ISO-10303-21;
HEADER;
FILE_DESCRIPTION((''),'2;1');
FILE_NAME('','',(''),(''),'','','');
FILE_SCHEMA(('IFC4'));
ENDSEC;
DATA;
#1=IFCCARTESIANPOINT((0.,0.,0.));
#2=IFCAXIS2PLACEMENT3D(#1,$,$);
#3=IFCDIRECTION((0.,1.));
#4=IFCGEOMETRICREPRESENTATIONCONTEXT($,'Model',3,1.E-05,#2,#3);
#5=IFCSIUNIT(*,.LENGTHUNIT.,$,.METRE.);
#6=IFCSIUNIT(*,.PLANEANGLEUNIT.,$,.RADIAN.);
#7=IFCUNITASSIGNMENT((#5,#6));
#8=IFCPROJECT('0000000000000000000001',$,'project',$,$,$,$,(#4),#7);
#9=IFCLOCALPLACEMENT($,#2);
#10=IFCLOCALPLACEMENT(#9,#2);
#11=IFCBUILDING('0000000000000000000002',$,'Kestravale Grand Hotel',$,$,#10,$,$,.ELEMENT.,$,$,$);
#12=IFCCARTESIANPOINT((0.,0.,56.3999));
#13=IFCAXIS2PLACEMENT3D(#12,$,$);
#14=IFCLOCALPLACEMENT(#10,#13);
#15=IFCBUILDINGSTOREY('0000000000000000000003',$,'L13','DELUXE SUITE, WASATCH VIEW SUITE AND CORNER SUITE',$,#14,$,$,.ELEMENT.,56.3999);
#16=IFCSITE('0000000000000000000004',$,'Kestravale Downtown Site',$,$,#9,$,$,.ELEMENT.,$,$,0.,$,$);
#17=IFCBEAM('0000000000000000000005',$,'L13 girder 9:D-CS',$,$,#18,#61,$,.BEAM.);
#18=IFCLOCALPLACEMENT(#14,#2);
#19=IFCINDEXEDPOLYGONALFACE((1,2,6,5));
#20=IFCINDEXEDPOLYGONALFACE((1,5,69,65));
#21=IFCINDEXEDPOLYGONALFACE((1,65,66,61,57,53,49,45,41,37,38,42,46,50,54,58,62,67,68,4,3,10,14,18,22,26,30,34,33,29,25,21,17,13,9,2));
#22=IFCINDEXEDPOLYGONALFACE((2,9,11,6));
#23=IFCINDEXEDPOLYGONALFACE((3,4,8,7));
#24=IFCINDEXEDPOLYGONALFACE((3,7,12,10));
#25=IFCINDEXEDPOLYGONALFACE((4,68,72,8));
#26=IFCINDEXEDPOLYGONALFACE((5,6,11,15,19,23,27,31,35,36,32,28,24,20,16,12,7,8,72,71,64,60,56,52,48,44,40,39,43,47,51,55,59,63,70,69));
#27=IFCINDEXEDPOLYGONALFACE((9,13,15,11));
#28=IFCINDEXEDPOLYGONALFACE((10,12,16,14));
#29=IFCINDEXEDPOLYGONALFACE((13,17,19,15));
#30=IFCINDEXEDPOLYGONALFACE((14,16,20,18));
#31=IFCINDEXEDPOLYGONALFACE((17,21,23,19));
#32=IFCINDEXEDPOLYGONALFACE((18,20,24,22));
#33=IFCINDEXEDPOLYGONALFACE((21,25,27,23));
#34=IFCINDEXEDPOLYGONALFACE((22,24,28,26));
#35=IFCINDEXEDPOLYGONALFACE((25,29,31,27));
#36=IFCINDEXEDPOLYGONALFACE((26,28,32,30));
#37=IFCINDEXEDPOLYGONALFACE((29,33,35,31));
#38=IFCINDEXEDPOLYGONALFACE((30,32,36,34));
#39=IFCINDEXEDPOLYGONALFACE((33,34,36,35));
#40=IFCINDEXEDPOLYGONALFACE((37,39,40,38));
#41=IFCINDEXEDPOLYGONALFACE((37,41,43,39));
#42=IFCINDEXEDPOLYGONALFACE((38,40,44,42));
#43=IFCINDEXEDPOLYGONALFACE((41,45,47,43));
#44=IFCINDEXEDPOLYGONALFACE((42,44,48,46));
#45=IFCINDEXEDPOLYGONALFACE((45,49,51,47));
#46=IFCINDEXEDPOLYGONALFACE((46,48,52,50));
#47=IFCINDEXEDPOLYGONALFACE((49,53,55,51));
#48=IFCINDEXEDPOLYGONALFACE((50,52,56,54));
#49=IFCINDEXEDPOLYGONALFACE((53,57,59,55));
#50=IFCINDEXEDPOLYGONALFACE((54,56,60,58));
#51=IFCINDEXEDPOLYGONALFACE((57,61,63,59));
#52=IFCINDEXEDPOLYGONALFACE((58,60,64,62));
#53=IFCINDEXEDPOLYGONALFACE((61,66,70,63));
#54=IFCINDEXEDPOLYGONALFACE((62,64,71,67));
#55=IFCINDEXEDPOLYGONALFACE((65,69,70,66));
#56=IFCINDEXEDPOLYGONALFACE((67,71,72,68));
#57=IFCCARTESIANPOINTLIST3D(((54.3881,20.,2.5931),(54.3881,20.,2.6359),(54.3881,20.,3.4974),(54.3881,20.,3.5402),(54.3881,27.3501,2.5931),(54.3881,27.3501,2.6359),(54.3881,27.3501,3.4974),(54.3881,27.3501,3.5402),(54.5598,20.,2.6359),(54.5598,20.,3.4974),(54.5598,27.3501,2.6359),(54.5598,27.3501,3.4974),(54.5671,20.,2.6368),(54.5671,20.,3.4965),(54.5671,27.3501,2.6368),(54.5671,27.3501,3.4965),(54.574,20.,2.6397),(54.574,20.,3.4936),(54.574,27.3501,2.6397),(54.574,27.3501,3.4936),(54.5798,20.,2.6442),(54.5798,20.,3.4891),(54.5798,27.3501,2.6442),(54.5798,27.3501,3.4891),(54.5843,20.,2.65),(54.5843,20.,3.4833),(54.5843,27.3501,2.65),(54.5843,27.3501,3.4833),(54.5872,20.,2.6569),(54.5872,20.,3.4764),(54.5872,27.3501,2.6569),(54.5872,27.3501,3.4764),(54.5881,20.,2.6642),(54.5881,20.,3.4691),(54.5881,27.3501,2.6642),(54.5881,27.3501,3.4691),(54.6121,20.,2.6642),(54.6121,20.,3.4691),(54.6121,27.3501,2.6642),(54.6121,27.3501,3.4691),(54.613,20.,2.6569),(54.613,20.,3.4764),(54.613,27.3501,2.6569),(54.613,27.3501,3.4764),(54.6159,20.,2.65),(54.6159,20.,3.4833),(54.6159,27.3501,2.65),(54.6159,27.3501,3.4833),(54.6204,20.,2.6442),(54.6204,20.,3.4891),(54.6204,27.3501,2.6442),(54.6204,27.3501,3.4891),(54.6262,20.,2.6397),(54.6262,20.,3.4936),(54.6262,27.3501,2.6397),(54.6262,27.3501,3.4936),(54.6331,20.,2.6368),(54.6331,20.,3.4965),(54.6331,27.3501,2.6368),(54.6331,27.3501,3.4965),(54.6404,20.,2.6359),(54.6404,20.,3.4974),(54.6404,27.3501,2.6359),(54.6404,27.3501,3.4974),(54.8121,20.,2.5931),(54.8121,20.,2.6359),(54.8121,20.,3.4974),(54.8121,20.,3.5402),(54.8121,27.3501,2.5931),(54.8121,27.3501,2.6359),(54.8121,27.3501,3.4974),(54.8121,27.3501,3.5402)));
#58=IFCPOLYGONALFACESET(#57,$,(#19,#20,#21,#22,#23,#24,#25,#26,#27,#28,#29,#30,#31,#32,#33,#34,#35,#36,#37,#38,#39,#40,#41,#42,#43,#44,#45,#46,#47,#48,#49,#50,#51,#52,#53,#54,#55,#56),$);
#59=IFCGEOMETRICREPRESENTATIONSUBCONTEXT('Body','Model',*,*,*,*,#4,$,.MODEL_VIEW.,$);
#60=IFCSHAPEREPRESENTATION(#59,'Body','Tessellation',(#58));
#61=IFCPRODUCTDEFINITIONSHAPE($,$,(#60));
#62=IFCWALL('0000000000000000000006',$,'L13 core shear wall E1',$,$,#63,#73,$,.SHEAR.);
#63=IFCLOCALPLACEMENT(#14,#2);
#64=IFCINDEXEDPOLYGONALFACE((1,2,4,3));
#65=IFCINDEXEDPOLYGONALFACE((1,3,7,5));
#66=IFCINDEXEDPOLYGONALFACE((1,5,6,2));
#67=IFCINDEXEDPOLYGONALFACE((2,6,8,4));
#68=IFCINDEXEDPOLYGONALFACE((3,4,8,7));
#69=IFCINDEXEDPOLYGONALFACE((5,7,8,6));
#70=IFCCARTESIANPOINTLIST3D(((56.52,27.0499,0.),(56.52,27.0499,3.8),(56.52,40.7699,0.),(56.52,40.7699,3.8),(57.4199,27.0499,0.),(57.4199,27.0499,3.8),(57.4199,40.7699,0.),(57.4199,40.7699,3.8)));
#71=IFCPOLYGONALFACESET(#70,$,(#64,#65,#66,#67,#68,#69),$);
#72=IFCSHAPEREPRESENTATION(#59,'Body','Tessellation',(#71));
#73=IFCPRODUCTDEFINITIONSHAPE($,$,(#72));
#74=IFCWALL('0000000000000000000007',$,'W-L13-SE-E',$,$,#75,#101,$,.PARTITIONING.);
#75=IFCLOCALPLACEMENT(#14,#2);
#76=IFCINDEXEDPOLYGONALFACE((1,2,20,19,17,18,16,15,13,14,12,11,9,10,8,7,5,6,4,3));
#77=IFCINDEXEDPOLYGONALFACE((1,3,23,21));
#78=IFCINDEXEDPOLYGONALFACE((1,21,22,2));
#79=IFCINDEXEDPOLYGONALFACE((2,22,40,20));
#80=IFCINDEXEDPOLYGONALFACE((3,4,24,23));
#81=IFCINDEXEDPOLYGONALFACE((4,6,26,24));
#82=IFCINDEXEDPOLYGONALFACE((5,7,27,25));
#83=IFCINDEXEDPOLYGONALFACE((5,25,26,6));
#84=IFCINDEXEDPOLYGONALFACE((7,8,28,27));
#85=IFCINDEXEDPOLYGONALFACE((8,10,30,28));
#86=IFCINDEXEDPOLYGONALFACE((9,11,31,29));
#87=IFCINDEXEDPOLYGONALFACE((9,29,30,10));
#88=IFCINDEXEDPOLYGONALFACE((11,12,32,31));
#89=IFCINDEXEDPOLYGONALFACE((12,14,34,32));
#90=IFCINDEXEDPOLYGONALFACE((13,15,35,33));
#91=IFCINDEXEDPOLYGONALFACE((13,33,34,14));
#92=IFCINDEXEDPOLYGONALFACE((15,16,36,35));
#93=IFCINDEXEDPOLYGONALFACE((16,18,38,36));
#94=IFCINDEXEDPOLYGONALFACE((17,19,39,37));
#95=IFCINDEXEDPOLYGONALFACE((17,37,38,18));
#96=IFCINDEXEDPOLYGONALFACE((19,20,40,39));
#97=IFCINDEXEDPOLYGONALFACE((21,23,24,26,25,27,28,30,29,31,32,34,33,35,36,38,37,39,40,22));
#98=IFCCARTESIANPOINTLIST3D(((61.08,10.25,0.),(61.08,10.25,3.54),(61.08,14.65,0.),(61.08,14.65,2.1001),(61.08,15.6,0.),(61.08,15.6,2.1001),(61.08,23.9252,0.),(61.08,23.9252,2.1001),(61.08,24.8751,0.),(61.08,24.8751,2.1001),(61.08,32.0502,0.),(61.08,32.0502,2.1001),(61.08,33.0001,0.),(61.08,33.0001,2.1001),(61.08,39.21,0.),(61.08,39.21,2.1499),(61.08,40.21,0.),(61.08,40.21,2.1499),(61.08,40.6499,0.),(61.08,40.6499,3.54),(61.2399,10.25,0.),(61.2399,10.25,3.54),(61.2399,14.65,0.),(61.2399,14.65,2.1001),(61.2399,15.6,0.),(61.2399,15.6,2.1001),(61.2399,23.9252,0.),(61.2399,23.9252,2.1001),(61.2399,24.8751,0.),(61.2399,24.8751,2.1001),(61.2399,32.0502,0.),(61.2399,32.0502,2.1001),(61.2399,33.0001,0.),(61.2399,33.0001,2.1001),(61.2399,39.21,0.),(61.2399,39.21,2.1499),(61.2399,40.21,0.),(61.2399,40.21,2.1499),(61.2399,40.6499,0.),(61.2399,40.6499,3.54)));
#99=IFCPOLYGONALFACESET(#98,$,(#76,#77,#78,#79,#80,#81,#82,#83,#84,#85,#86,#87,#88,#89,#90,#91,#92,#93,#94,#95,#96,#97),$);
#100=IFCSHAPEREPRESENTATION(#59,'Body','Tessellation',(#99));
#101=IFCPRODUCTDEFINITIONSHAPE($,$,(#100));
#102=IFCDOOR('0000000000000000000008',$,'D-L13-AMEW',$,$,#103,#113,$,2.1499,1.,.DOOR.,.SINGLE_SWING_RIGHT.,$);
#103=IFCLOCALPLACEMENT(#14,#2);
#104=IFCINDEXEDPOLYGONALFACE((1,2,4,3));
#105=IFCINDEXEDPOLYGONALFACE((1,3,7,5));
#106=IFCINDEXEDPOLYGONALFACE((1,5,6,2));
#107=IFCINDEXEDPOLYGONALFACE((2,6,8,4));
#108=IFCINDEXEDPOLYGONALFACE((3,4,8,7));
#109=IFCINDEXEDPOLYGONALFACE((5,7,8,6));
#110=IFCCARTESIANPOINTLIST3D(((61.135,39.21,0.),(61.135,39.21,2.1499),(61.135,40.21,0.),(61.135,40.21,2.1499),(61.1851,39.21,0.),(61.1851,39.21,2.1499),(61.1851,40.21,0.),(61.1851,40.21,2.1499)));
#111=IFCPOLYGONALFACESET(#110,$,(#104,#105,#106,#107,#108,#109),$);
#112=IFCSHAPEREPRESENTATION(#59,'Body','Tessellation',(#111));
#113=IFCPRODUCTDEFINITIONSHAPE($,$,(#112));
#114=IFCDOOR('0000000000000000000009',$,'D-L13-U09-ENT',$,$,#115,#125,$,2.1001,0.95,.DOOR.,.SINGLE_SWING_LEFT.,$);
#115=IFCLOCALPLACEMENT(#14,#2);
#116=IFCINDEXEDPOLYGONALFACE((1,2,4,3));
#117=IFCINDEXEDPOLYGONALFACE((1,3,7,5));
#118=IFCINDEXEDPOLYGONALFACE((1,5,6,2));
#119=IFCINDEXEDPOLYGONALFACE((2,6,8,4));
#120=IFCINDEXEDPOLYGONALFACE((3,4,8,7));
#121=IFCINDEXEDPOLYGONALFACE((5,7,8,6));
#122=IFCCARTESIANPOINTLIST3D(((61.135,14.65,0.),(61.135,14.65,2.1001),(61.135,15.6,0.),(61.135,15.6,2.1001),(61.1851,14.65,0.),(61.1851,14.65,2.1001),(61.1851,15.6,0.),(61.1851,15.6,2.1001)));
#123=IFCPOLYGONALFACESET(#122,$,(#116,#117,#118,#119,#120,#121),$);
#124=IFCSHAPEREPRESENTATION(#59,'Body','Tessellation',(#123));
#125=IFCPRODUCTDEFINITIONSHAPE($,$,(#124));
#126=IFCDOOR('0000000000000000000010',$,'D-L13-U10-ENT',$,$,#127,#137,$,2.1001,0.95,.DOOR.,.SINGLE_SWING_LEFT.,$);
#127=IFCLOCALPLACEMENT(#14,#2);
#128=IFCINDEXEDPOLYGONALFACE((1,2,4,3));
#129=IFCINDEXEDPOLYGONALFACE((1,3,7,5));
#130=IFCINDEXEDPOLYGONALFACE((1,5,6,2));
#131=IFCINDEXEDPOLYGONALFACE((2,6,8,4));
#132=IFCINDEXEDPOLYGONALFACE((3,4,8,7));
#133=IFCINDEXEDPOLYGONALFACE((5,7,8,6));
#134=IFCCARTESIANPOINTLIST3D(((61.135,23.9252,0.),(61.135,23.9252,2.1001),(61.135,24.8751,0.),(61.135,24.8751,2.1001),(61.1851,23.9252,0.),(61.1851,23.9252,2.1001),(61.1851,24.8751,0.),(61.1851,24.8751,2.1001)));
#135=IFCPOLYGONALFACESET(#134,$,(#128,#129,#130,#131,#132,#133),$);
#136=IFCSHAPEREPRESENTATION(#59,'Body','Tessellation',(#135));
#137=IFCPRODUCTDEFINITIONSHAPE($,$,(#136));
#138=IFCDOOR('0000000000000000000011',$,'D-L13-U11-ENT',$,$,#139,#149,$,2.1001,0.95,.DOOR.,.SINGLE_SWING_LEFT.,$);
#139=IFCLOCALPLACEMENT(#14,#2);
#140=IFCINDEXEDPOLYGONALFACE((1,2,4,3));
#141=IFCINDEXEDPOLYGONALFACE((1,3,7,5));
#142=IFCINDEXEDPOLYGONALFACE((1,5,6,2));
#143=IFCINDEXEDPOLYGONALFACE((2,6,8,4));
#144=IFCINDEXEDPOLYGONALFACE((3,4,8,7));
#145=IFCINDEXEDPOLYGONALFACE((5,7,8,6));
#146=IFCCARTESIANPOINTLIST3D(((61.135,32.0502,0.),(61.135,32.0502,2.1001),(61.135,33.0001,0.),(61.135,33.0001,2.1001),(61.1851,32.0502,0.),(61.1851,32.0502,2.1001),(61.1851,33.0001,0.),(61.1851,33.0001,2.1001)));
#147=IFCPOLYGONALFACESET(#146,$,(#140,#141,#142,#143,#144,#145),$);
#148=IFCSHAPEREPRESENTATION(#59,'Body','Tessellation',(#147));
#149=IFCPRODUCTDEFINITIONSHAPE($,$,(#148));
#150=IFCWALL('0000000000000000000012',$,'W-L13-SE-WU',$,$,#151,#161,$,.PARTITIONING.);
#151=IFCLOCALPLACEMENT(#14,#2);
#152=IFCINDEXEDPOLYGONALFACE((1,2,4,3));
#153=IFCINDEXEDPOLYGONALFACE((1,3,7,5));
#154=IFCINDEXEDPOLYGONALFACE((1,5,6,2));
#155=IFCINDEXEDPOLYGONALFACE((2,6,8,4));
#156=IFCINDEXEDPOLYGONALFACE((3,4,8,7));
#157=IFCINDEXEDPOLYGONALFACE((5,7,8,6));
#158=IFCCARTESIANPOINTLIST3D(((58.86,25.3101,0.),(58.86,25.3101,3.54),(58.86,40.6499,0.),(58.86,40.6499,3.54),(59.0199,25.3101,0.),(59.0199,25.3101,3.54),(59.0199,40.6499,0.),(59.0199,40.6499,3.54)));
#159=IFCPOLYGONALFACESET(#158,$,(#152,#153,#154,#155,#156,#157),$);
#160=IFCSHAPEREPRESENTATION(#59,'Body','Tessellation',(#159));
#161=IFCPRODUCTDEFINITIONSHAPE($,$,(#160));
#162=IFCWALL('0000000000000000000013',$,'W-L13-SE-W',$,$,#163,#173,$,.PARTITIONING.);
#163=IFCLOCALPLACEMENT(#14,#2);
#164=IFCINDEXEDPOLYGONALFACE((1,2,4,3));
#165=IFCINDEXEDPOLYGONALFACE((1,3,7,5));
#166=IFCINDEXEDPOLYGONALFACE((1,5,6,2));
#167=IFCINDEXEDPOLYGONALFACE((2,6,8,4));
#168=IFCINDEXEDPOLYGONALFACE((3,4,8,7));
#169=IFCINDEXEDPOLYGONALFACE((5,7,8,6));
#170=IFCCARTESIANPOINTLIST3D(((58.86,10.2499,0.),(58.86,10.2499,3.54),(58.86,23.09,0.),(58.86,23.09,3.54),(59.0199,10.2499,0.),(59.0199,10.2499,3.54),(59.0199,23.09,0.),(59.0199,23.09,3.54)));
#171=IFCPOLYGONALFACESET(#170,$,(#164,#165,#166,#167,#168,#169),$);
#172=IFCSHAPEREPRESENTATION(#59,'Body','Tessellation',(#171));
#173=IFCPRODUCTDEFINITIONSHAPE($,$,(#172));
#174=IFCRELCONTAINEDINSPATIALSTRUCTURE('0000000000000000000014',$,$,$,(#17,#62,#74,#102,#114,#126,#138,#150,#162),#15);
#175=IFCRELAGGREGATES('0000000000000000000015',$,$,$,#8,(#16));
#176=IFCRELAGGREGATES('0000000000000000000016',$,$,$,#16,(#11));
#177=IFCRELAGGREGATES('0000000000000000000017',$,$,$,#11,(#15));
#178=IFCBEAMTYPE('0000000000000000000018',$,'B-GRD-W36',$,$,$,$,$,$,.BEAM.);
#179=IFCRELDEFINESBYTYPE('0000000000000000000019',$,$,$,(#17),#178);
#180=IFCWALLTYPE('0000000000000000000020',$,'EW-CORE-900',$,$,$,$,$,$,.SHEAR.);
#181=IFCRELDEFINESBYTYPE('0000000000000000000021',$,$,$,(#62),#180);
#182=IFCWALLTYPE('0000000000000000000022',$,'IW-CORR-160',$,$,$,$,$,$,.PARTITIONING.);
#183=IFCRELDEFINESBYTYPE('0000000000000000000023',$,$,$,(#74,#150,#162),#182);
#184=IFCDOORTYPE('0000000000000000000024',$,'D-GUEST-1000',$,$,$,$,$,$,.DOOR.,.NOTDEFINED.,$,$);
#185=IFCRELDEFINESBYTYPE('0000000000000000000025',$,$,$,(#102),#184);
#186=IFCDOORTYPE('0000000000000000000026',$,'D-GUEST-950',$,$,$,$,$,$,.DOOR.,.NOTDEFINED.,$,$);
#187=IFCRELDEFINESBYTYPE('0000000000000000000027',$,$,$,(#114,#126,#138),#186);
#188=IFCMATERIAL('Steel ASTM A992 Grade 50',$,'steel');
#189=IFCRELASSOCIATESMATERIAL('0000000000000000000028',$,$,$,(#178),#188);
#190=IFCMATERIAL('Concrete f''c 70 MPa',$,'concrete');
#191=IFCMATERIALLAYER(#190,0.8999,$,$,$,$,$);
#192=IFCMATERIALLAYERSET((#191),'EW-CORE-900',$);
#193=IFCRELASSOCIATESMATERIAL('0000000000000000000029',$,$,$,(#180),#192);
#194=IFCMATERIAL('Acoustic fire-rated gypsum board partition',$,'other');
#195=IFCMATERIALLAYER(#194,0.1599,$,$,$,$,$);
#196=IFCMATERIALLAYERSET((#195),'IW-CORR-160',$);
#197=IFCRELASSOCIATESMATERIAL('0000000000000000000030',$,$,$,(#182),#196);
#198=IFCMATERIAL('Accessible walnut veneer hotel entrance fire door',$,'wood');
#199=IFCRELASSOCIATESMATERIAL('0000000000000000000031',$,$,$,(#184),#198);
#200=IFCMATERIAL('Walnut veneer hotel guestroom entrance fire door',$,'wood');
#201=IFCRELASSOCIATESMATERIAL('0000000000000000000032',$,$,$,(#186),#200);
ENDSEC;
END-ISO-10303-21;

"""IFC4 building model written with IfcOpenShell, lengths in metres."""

from ifc_helpers import new_model, si_unit, direction, frame, frame_2d, origin, origin_2d, place, context, subcontext, project, spatial, rectangle, i_section, extrude, material, layer, layer_set, material_profile, profile_set, type_object, element, fill, save


model = new_model("IFC4")

# Units and contexts
model_context = context("Model", 3, precision=1e-05, world=origin(), true_north=direction((0.0, 1.0)))
body_context = subcontext(model_context, "Body", "Model", "MODEL_VIEW")
ifc_project = project(units=[si_unit("LENGTHUNIT", "METRE"), si_unit("PLANEANGLEUNIT", "RADIAN")], contexts=[model_context])

# Site, building, storey
site_placement = place(None, origin())
site = spatial("IfcSite", under=ifc_project, at=site_placement, Name="Kestravale Downtown Site", CompositionType="ELEMENT", RefElevation=0.0)
building_placement = place(site_placement, origin())
building = spatial("IfcBuilding", under=site, at=building_placement, Name="Kestravale Grand Hotel", CompositionType="ELEMENT")
storey_placement = place(building_placement, frame((0.0, 0.0, 56.3999)))
storey = spatial("IfcBuildingStorey", under=building, at=storey_placement, Name="L13", Description="DELUXE SUITE, WASATCH VIEW SUITE AND CORNER SUITE", CompositionType="ELEMENT", Elevation=56.3999)

# Beam
ifc_material_1 = material(Name="Steel ASTM A992 Grade 50", Category="steel")
ifc_material_profile_1 = material_profile(ifc_material_1, i_section(OverallWidth=0.4241, OverallDepth=0.947, WebThickness=0.0239, FlangeThickness=0.0427, FilletRadius=0.0283, at=origin_2d()))
ifc_profile_set_1 = profile_set([ifc_material_profile_1], Name="Steel ASTM A992 Grade 50")
beam_type_1 = type_object("IfcBeamType", Name="B-GRD-W36", PredefinedType="BEAM", material=ifc_profile_set_1)
beam_1_placement = place(storey_placement, frame((54.6001, 20.0, 3.0667), z_axis=(0.0, 1.0, 0.0), x_axis=(-1.0, 0.0, 0.0)))
element("IfcBeam", 1, at=beam_1_placement, inside=storey, type_object=beam_type_1, Name="L13 girder 9:D-CS", PredefinedType="BEAM", context=body_context, shape_type="SweptSolid", body=[
    extrude(i_section(OverallWidth=0.4241, OverallDepth=0.947, WebThickness=0.0239, FlangeThickness=0.0427, FilletRadius=0.0283, at=origin_2d()), origin(), (0.0, 0.0, 1.0), 7.3501),
])

# Wall
ifc_material_2 = material(Name="Concrete f'c 70 MPa", Category="concrete")
ifc_layer_1 = layer(ifc_material_2, 0.8999)
ifc_layer_set_1 = layer_set([ifc_layer_1], Name="EW-CORE-900")
wall_type_1 = type_object("IfcWallType", Name="EW-CORE-900", PredefinedType="SHEAR", material=ifc_layer_set_1)
wall_1_placement = place(storey_placement, frame((56.97, 27.05, 0.0), z_axis=(0.0, 0.0, 1.0), x_axis=(0.0, 1.0, 0.0)))
element("IfcWall", 2, at=wall_1_placement, inside=storey, type_object=wall_type_1, Name="L13 core shear wall E1", PredefinedType="SHEAR", context=body_context, shape_type="SweptSolid", body=[
    extrude(rectangle(XDim=13.72, YDim=0.8999, at=frame_2d((6.8599, 0.0))), origin(), (0.0, 0.0, 1.0), 3.8),
])

# Wall, openings, doors
ifc_material_3 = material(Name="Acoustic fire-rated gypsum board partition", Category="other")
ifc_layer_2 = layer(ifc_material_3, 0.1599)
ifc_layer_set_2 = layer_set([ifc_layer_2], Name="IW-CORR-160")
wall_type_2 = type_object("IfcWallType", Name="IW-CORR-160", PredefinedType="PARTITIONING", material=ifc_layer_set_2)
wall_2_placement = place(storey_placement, frame((61.1599, 10.25, 0.0), z_axis=(0.0, 0.0, 1.0), x_axis=(0.0, 1.0, 0.0)))
wall_2 = element("IfcWall", 3, at=wall_2_placement, inside=storey, type_object=wall_type_2, Name="W-L13-SE-E", PredefinedType="PARTITIONING", context=body_context, shape_type="SweptSolid", body=[
    extrude(rectangle(XDim=30.3999, YDim=0.1599, at=frame_2d((15.2, 0.0))), origin(), (0.0, 0.0, 1.0), 3.54),
])
opening_1_placement = place(wall_2_placement, frame((4.3999, 0.0, 0.0)))
opening_1 = element("IfcOpeningElement", 4, at=opening_1_placement, cuts=wall_2, PredefinedType="OPENING", context=body_context, shape_type="SweptSolid", body=[
    extrude(rectangle(XDim=0.95, YDim=2.1001, at=frame_2d((0.4751, 1.05))), frame((0.0, 0.0898, 0.0), z_axis=(0.0, -1.0, 0.0), x_axis=(1.0, 0.0, 0.0)), (0.0, 0.0, 1.0), 0.1799),
])
opening_2_placement = place(wall_2_placement, frame((13.675, 0.0, 0.0)))
opening_2 = element("IfcOpeningElement", 5, at=opening_2_placement, cuts=wall_2, PredefinedType="OPENING", context=body_context, shape_type="SweptSolid", body=[
    extrude(rectangle(XDim=0.95, YDim=2.1001, at=frame_2d((0.4751, 1.05))), frame((0.0, 0.0898, 0.0), z_axis=(0.0, -1.0, 0.0), x_axis=(1.0, 0.0, 0.0)), (0.0, 0.0, 1.0), 0.1799),
])
opening_3_placement = place(wall_2_placement, frame((21.8, 0.0, 0.0)))
opening_3 = element("IfcOpeningElement", 6, at=opening_3_placement, cuts=wall_2, PredefinedType="OPENING", context=body_context, shape_type="SweptSolid", body=[
    extrude(rectangle(XDim=0.95, YDim=2.1001, at=frame_2d((0.4751, 1.05))), frame((0.0, 0.0898, 0.0), z_axis=(0.0, -1.0, 0.0), x_axis=(1.0, 0.0, 0.0)), (0.0, 0.0, 1.0), 0.1799),
])
opening_4_placement = place(wall_2_placement, frame((28.96, 0.0, 0.0)))
opening_4 = element("IfcOpeningElement", 7, at=opening_4_placement, cuts=wall_2, PredefinedType="OPENING", context=body_context, shape_type="SweptSolid", body=[
    extrude(rectangle(XDim=1.0, YDim=2.1499, at=frame_2d((0.5, 1.075))), frame((0.0, 0.0898, 0.0), z_axis=(0.0, -1.0, 0.0), x_axis=(1.0, 0.0, 0.0)), (0.0, 0.0, 1.0), 0.1799),
])
ifc_material_4 = material(Name="Accessible walnut veneer hotel entrance fire door", Category="wood")
door_type_1 = type_object("IfcDoorType", Name="D-GUEST-1000", OperationType="NOTDEFINED", PredefinedType="DOOR", material=ifc_material_4)
door_1_placement = place(opening_4_placement, origin())
door_1 = element("IfcDoor", 8, at=door_1_placement, inside=storey, type_object=door_type_1, Name="D-L13-AMEW", OperationType="SINGLE_SWING_RIGHT", OverallHeight=2.1499, OverallWidth=1.0, PredefinedType="DOOR", context=body_context, shape_type="SweptSolid", body=[
    extrude(rectangle(XDim=1.0, YDim=2.1499, at=frame_2d((0.5, 1.075))), frame((0.0, 0.0249, 0.0), z_axis=(0.0, -1.0, 0.0), x_axis=(1.0, 0.0, 0.0)), (0.0, 0.0, 1.0), 0.05),
])
fill(opening_4, door_1)
ifc_material_5 = material(Name="Walnut veneer hotel guestroom entrance fire door", Category="wood")
door_type_2 = type_object("IfcDoorType", Name="D-GUEST-950", OperationType="NOTDEFINED", PredefinedType="DOOR", material=ifc_material_5)
door_2_placement = place(opening_1_placement, origin())
door_2 = element("IfcDoor", 9, at=door_2_placement, inside=storey, type_object=door_type_2, Name="D-L13-U09-ENT", OperationType="SINGLE_SWING_LEFT", OverallHeight=2.1001, OverallWidth=0.95, PredefinedType="DOOR", context=body_context, shape_type="SweptSolid", body=[
    extrude(rectangle(XDim=0.95, YDim=2.1001, at=frame_2d((0.4751, 1.05))), frame((0.0, 0.0249, 0.0), z_axis=(0.0, -1.0, 0.0), x_axis=(1.0, 0.0, 0.0)), (0.0, 0.0, 1.0), 0.05),
])
fill(opening_1, door_2)
door_3_placement = place(opening_2_placement, origin())
door_3 = element("IfcDoor", 10, at=door_3_placement, inside=storey, type_object=door_type_2, Name="D-L13-U10-ENT", OperationType="SINGLE_SWING_LEFT", OverallHeight=2.1001, OverallWidth=0.95, PredefinedType="DOOR", context=body_context, shape_type="SweptSolid", body=[
    extrude(rectangle(XDim=0.95, YDim=2.1001, at=frame_2d((0.4751, 1.05))), frame((0.0, 0.0249, 0.0), z_axis=(0.0, -1.0, 0.0), x_axis=(1.0, 0.0, 0.0)), (0.0, 0.0, 1.0), 0.05),
])
fill(opening_2, door_3)
door_4_placement = place(opening_3_placement, origin())
door_4 = element("IfcDoor", 11, at=door_4_placement, inside=storey, type_object=door_type_2, Name="D-L13-U11-ENT", OperationType="SINGLE_SWING_LEFT", OverallHeight=2.1001, OverallWidth=0.95, PredefinedType="DOOR", context=body_context, shape_type="SweptSolid", body=[
    extrude(rectangle(XDim=0.95, YDim=2.1001, at=frame_2d((0.4751, 1.05))), frame((0.0, 0.0249, 0.0), z_axis=(0.0, -1.0, 0.0), x_axis=(1.0, 0.0, 0.0)), (0.0, 0.0, 1.0), 0.05),
])
fill(opening_3, door_4)

# Walls
wall_3_placement = place(storey_placement, frame((58.9399, 25.3101, 0.0), z_axis=(0.0, 0.0, 1.0), x_axis=(0.0, 1.0, 0.0)))
element("IfcWall", 12, at=wall_3_placement, inside=storey, type_object=wall_type_2, Name="W-L13-SE-WU", PredefinedType="PARTITIONING", context=body_context, shape_type="SweptSolid", body=[
    extrude(rectangle(XDim=15.3398, YDim=0.1599, at=frame_2d((7.6699, 0.0))), origin(), (0.0, 0.0, 1.0), 3.54),
])
wall_4_placement = place(storey_placement, frame((58.9399, 10.25, 0.0), z_axis=(0.0, 0.0, 1.0), x_axis=(0.0, 1.0, 0.0)))
element("IfcWall", 13, at=wall_4_placement, inside=storey, type_object=wall_type_2, Name="W-L13-SE-W", PredefinedType="PARTITIONING", context=body_context, shape_type="SweptSolid", body=[
    extrude(rectangle(XDim=12.8401, YDim=0.1599, at=frame_2d((6.4199, 0.0))), origin(), (0.0, 0.0, 1.0), 3.54),
])

save(model, "model.ifc")
